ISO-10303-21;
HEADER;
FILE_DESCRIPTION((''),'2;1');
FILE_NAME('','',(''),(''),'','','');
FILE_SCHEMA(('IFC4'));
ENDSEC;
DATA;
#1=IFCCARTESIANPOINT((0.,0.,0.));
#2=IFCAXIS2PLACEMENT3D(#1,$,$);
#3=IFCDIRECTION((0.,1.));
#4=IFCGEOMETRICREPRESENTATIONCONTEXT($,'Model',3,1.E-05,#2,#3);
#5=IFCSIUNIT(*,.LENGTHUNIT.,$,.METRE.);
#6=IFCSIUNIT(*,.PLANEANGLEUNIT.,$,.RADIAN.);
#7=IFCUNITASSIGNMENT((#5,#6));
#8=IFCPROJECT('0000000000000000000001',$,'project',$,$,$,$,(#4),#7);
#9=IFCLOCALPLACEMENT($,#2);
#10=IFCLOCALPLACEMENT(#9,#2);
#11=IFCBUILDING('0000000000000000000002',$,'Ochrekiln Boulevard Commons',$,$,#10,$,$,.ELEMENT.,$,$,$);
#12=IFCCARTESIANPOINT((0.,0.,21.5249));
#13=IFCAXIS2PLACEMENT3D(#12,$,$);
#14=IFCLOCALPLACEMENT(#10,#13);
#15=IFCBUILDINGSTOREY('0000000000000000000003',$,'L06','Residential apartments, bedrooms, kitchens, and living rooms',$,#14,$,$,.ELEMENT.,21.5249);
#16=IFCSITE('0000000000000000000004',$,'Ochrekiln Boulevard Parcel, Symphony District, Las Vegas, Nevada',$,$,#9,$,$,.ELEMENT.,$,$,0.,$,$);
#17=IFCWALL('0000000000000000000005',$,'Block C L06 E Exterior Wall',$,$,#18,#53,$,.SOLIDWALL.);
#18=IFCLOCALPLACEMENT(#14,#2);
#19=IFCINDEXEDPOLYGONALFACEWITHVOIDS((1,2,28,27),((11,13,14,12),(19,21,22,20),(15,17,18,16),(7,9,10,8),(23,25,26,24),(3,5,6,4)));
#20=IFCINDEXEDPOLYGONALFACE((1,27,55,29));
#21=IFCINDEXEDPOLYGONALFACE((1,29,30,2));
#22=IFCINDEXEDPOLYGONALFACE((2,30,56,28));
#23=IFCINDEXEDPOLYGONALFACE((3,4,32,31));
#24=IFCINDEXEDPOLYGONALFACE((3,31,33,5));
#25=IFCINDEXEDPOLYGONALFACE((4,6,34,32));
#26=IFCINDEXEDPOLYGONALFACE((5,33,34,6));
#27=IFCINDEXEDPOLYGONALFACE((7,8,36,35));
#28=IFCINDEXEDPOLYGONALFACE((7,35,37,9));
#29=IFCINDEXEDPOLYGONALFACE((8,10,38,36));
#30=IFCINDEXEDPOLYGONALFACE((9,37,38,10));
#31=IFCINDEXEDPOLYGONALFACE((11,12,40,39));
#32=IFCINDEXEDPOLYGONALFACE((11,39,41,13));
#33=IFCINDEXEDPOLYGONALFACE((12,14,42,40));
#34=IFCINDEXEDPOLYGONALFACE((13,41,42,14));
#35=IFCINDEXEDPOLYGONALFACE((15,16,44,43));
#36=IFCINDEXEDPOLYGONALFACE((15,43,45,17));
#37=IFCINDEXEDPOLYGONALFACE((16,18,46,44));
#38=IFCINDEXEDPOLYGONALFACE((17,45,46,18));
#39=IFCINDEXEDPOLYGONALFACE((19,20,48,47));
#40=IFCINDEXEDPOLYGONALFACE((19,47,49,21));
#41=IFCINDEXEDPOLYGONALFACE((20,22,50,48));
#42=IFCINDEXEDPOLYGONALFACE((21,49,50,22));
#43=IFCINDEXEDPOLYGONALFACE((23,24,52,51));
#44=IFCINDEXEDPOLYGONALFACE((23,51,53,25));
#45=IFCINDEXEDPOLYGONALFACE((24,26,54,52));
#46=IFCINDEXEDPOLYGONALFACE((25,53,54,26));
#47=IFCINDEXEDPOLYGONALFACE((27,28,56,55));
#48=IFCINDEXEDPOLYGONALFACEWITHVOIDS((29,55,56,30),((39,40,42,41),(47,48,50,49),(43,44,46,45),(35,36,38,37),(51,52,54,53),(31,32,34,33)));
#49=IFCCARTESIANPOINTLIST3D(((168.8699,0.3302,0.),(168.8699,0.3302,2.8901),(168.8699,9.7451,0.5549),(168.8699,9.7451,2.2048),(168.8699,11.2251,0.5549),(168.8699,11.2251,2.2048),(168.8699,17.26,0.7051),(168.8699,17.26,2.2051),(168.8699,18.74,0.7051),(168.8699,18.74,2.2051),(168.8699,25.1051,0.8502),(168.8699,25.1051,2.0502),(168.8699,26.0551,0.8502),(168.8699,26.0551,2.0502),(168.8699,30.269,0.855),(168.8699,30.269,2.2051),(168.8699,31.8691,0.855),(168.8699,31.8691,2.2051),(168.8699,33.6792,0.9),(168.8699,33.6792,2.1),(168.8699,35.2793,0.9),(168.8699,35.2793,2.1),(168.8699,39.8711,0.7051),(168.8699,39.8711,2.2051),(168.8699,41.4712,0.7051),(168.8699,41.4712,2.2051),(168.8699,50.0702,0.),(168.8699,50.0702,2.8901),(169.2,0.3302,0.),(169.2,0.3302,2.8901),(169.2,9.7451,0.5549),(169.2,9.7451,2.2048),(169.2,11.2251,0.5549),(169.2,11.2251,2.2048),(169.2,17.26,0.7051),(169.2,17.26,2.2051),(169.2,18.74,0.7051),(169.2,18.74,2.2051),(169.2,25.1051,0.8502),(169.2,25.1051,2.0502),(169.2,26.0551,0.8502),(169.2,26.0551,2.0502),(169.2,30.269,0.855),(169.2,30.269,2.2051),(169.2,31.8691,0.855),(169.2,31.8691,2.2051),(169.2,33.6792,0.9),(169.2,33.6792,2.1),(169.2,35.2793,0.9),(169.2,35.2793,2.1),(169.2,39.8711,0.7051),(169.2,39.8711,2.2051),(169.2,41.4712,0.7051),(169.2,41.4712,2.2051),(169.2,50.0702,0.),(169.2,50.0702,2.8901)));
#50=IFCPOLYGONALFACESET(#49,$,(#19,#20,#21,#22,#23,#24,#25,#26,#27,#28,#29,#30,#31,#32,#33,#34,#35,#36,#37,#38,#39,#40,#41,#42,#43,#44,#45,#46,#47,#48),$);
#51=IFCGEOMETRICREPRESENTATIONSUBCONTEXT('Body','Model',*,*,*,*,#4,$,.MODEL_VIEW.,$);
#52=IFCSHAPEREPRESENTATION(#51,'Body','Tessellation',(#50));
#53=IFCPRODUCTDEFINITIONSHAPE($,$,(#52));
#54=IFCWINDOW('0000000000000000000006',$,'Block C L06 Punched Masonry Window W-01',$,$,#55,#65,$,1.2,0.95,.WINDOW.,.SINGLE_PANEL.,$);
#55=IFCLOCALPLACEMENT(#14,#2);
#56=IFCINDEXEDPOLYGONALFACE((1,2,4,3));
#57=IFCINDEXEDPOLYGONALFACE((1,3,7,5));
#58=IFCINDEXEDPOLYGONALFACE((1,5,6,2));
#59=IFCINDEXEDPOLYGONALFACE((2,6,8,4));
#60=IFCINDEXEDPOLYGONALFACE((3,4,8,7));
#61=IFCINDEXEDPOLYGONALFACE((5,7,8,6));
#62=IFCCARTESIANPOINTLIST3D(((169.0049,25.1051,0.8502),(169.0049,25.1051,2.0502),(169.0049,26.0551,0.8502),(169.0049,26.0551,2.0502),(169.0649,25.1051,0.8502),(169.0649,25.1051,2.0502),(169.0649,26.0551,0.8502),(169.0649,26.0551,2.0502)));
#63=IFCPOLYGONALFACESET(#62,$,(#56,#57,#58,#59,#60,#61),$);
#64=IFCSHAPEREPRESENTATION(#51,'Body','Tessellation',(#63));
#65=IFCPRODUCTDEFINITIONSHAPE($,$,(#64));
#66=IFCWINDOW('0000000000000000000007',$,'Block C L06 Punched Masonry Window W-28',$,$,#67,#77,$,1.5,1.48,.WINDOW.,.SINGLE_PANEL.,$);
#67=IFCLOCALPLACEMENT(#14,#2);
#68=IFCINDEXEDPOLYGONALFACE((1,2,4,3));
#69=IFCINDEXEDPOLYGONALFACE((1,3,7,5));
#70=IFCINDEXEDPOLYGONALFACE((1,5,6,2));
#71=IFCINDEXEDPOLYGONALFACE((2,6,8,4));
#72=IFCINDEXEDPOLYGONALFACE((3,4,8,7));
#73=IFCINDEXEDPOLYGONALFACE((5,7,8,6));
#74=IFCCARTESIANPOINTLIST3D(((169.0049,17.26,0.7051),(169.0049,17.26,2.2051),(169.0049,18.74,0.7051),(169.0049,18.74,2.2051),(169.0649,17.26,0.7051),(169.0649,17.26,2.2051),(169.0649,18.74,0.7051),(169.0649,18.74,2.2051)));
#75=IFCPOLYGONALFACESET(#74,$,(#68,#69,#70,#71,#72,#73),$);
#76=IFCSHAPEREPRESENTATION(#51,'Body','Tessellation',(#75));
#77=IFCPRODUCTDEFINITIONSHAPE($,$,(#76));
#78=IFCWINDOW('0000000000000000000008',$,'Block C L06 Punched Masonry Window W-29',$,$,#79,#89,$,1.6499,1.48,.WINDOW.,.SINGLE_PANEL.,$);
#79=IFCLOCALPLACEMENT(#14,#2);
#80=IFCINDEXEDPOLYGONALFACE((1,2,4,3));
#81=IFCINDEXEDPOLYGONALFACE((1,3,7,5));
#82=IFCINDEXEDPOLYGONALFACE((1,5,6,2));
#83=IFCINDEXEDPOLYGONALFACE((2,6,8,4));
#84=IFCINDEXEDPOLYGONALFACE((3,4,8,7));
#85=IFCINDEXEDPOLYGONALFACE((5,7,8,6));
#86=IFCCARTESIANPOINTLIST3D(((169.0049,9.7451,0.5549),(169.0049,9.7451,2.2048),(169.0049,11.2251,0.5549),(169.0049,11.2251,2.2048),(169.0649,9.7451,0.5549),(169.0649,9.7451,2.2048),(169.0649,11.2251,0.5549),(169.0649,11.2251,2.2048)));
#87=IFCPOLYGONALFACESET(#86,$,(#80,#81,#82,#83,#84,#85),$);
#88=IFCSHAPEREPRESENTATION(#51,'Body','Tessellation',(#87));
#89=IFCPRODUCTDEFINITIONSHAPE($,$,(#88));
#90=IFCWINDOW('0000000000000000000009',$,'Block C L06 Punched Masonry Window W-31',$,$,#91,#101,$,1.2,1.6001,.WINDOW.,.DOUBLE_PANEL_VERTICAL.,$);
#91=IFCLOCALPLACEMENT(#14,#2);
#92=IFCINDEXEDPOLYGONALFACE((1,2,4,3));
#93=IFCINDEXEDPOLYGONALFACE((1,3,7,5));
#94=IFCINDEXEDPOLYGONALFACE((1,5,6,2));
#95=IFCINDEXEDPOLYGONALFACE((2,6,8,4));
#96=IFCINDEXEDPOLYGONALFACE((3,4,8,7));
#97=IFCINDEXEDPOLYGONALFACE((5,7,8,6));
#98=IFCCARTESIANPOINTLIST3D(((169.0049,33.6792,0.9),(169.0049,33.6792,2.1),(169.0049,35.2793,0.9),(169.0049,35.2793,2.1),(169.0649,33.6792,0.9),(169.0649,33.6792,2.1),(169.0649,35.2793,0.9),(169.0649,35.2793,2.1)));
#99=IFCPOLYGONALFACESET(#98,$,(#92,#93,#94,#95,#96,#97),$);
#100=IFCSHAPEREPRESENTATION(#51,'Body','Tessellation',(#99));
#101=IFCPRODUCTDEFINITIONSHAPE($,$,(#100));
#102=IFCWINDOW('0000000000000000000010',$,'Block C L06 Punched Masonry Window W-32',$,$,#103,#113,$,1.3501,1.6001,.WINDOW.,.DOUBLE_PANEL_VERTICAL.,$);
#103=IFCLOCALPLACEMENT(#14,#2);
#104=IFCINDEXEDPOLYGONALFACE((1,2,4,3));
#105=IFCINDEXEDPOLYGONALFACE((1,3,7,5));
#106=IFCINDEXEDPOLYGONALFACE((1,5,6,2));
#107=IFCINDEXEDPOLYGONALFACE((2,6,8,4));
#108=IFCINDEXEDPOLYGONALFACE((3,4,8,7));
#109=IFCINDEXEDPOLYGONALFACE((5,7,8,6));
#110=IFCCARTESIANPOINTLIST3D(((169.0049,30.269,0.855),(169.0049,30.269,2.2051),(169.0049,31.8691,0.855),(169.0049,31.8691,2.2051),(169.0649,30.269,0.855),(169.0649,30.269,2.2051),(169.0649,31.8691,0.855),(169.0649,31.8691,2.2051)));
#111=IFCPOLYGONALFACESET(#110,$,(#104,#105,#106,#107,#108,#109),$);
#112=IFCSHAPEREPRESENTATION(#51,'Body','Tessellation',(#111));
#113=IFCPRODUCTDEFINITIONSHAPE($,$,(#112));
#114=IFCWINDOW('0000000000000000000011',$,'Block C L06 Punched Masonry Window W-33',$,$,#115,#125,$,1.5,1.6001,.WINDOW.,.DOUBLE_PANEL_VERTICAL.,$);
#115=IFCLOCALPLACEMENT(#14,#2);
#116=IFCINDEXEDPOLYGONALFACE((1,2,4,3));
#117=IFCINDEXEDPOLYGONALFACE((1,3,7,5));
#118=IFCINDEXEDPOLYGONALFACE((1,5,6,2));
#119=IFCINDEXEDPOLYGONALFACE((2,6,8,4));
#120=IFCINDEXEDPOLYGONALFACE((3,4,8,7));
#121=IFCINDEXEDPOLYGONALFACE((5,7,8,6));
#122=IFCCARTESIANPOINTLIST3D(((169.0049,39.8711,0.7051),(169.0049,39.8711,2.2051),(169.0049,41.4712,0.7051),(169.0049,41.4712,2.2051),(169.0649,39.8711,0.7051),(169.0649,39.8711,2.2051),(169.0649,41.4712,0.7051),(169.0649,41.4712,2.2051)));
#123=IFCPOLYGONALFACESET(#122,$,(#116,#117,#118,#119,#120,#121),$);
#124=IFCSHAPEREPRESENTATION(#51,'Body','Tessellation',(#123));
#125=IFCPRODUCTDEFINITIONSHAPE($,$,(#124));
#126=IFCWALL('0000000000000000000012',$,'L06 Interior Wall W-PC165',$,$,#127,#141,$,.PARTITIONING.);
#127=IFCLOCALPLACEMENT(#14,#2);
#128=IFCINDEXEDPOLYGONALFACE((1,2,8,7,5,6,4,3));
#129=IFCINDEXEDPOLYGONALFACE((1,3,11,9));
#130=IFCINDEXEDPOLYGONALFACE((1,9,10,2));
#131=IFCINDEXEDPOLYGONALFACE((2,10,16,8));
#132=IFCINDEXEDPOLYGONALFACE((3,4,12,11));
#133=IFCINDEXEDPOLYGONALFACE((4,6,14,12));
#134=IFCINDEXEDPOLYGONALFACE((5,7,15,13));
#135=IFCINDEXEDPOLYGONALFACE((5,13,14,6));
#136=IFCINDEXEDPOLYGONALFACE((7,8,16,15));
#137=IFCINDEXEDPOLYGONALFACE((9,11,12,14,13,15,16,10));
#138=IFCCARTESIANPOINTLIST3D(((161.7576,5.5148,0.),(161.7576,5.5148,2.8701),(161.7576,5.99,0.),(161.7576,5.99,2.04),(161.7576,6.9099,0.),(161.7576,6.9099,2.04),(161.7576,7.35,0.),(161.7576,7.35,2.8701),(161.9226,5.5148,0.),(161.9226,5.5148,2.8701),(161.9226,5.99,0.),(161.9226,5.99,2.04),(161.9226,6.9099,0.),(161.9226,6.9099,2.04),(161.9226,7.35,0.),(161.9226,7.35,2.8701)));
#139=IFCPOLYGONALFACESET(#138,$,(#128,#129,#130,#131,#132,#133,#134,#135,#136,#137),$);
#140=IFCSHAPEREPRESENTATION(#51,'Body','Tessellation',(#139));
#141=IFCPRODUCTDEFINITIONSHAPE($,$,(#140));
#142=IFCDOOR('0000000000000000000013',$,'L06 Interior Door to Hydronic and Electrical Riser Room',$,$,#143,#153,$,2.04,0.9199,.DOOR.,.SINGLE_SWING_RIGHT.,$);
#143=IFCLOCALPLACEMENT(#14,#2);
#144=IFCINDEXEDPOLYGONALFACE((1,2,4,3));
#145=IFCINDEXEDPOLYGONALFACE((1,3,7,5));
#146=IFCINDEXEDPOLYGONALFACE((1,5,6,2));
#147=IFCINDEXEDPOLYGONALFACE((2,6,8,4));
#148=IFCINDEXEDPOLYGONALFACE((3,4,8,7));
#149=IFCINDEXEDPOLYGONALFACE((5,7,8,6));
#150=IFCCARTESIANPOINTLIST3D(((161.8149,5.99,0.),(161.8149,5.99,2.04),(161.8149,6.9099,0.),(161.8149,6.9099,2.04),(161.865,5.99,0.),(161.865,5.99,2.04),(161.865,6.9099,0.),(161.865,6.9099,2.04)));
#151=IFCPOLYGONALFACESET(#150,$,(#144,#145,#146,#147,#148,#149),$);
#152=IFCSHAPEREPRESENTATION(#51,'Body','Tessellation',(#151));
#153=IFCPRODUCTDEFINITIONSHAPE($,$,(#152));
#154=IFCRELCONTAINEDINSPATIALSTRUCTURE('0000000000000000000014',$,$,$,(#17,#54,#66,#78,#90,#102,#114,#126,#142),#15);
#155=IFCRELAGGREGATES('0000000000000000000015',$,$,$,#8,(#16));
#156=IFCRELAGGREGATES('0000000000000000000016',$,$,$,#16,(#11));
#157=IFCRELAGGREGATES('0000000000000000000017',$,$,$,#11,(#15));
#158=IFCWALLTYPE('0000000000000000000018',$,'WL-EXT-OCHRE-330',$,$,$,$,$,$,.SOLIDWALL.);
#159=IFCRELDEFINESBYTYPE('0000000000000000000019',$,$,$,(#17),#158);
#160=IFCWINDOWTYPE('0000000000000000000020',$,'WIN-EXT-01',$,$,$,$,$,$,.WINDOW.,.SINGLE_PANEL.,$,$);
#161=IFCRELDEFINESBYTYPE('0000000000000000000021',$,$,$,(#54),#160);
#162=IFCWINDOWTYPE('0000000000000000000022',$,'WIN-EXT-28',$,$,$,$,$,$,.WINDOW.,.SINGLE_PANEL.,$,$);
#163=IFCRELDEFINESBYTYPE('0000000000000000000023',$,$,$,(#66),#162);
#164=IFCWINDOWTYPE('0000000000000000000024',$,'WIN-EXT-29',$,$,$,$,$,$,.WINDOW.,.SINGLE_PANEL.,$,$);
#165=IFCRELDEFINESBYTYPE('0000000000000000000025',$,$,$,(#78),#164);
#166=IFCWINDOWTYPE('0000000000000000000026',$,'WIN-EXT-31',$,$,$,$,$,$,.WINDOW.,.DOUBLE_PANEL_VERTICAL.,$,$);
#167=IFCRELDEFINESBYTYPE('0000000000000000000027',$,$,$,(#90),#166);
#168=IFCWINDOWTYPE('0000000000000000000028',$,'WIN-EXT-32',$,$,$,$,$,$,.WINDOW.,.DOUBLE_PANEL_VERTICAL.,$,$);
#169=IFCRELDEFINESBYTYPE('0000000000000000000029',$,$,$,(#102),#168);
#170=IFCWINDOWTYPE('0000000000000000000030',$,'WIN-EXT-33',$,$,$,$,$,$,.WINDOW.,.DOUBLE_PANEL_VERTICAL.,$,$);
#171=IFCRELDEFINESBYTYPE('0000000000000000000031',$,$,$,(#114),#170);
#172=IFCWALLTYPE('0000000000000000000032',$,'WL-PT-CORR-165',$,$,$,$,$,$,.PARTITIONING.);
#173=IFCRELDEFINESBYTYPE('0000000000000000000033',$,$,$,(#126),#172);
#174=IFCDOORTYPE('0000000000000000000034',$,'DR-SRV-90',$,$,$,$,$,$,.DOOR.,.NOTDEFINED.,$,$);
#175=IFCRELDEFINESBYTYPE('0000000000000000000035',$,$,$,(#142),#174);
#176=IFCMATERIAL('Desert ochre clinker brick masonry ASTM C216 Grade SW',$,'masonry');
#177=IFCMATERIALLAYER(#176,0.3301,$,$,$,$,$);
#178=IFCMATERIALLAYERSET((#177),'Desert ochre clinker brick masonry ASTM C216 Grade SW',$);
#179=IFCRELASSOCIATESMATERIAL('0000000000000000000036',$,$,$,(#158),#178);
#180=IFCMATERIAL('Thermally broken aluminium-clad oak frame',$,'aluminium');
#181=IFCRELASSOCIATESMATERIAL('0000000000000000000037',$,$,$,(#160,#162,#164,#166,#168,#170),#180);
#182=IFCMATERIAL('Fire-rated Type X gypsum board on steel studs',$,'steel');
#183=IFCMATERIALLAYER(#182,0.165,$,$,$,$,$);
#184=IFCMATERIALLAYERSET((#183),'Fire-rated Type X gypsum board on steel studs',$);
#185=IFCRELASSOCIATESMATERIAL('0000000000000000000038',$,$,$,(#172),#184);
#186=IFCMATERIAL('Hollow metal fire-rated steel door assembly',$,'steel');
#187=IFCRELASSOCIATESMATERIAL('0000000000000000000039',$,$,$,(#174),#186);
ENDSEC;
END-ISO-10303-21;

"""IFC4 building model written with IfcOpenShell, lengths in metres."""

from ifc_helpers import new_model, si_unit, direction, frame, frame_2d, origin, place, context, subcontext, project, spatial, rectangle, extrude, material, layer, layer_set, type_object, element, fill, save


model = new_model("IFC4")

# Units and contexts
model_context = context("Model", 3, precision=1e-05, world=origin(), true_north=direction((0.0, 1.0)))
body_context = subcontext(model_context, "Body", "Model", "MODEL_VIEW")
ifc_project = project(units=[si_unit("LENGTHUNIT", "METRE"), si_unit("PLANEANGLEUNIT", "RADIAN")], contexts=[model_context])

# Site, building, storey
site_placement = place(None, origin())
site = spatial("IfcSite", under=ifc_project, at=site_placement, Name="Ochrekiln Boulevard Parcel, Symphony District, Las Vegas, Nevada", CompositionType="ELEMENT", RefElevation=0.0)
building_placement = place(site_placement, origin())
building = spatial("IfcBuilding", under=site, at=building_placement, Name="Ochrekiln Boulevard Commons", CompositionType="ELEMENT")
storey_placement = place(building_placement, frame((0.0, 0.0, 21.5249)))
storey = spatial("IfcBuildingStorey", under=building, at=storey_placement, Name="L06", Description="Residential apartments, bedrooms, kitchens, and living rooms", CompositionType="ELEMENT", Elevation=21.5249)

# Wall, openings, windows
ifc_material_1 = material(Name="Desert ochre clinker brick masonry ASTM C216 Grade SW", Category="masonry")
ifc_layer_1 = layer(ifc_material_1, 0.3301)
ifc_layer_set_1 = layer_set([ifc_layer_1], Name="Desert ochre clinker brick masonry ASTM C216 Grade SW")
wall_type_1 = type_object("IfcWallType", Name="WL-EXT-OCHRE-330", PredefinedType="SOLIDWALL", material=ifc_layer_set_1)
wall_1_placement = place(storey_placement, frame((169.0349, 0.3301, 0.0), z_axis=(0.0, 0.0, 1.0), x_axis=(0.0, 1.0, 0.0)))
wall_1 = element("IfcWall", 1, at=wall_1_placement, inside=storey, type_object=wall_type_1, Name="Block C L06 E Exterior Wall", PredefinedType="SOLIDWALL", context=body_context, shape_type="SweptSolid", body=[
    extrude(rectangle(XDim=49.74, YDim=0.3301, at=frame_2d((24.8701, 0.0))), origin(), (0.0, 0.0, 1.0), 2.8901),
])
opening_1_placement = place(wall_1_placement, frame((16.9299, 0.0, 0.7051)))
opening_1 = element("IfcOpeningElement", 2, at=opening_1_placement, cuts=wall_1, PredefinedType="OPENING", context=body_context, shape_type="SweptSolid", body=[
    extrude(rectangle(XDim=1.48, YDim=1.5, at=frame_2d((0.74, 0.75))), frame((0.0, 0.175, 0.0), z_axis=(0.0, -1.0, 0.0), x_axis=(1.0, 0.0, 0.0)), (0.0, 0.0, 1.0), 0.3501),
])
opening_2_placement = place(wall_1_placement, frame((9.415, 0.0, 0.5549)))
opening_2 = element("IfcOpeningElement", 3, at=opening_2_placement, cuts=wall_1, PredefinedType="OPENING", context=body_context, shape_type="SweptSolid", body=[
    extrude(rectangle(XDim=1.48, YDim=1.6499, at=frame_2d((0.74, 0.825))), frame((0.0, 0.175, 0.0), z_axis=(0.0, -1.0, 0.0), x_axis=(1.0, 0.0, 0.0)), (0.0, 0.0, 1.0), 0.3501),
])
opening_3_placement = place(wall_1_placement, frame((24.7749, 0.0, 0.8501)))
opening_3 = element("IfcOpeningElement", 4, at=opening_3_placement, cuts=wall_1, PredefinedType="OPENING", context=body_context, shape_type="SweptSolid", body=[
    extrude(rectangle(XDim=0.95, YDim=1.2, at=frame_2d((0.4751, 0.6001))), frame((0.0, 0.175, 0.0), z_axis=(0.0, -1.0, 0.0), x_axis=(1.0, 0.0, 0.0)), (0.0, 0.0, 1.0), 0.3501),
])
opening_4_placement = place(wall_1_placement, frame((33.3491, 0.0, 0.8999)))
opening_4 = element("IfcOpeningElement", 5, at=opening_4_placement, cuts=wall_1, PredefinedType="OPENING", context=body_context, shape_type="SweptSolid", body=[
    extrude(rectangle(XDim=1.6001, YDim=1.2, at=frame_2d((0.8, 0.6001))), frame((0.0, 0.175, 0.0), z_axis=(0.0, -1.0, 0.0), x_axis=(1.0, 0.0, 0.0)), (0.0, 0.0, 1.0), 0.3501),
])
opening_5_placement = place(wall_1_placement, frame((29.939, 0.0, 0.855)))
opening_5 = element("IfcOpeningElement", 6, at=opening_5_placement, cuts=wall_1, PredefinedType="OPENING", context=body_context, shape_type="SweptSolid", body=[
    extrude(rectangle(XDim=1.6001, YDim=1.3501, at=frame_2d((0.8, 0.675))), frame((0.0, 0.175, 0.0), z_axis=(0.0, -1.0, 0.0), x_axis=(1.0, 0.0, 0.0)), (0.0, 0.0, 1.0), 0.3501),
])
opening_6_placement = place(wall_1_placement, frame((39.541, 0.0, 0.7051)))
opening_6 = element("IfcOpeningElement", 7, at=opening_6_placement, cuts=wall_1, PredefinedType="OPENING", context=body_context, shape_type="SweptSolid", body=[
    extrude(rectangle(XDim=1.6001, YDim=1.5, at=frame_2d((0.8, 0.75))), frame((0.0, 0.175, 0.0), z_axis=(0.0, -1.0, 0.0), x_axis=(1.0, 0.0, 0.0)), (0.0, 0.0, 1.0), 0.3501),
])
ifc_material_2 = material(Name="Thermally broken aluminium-clad oak frame", Category="aluminium")
window_type_1 = type_object("IfcWindowType", Name="WIN-EXT-01", PartitioningType="SINGLE_PANEL", PredefinedType="WINDOW", material=ifc_material_2)
window_1_placement = place(opening_3_placement, origin())
window_1 = element("IfcWindow", 8, at=window_1_placement, inside=storey, type_object=window_type_1, Name="Block C L06 Punched Masonry Window W-01", OverallHeight=1.2, OverallWidth=0.95, PartitioningType="SINGLE_PANEL", PredefinedType="WINDOW", context=body_context, shape_type="SweptSolid", body=[
    extrude(rectangle(XDim=0.95, YDim=1.2, at=frame_2d((0.4751, 0.6001))), frame((0.0, 0.03, 0.0), z_axis=(0.0, -1.0, 0.0), x_axis=(1.0, 0.0, 0.0)), (0.0, 0.0, 1.0), 0.0601),
])
fill(opening_3, window_1)
window_type_2 = type_object("IfcWindowType", Name="WIN-EXT-28", PartitioningType="SINGLE_PANEL", PredefinedType="WINDOW", material=ifc_material_2)
window_2_placement = place(opening_1_placement, origin())
window_2 = element("IfcWindow", 9, at=window_2_placement, inside=storey, type_object=window_type_2, Name="Block C L06 Punched Masonry Window W-28", OverallHeight=1.5, OverallWidth=1.48, PartitioningType="SINGLE_PANEL", PredefinedType="WINDOW", context=body_context, shape_type="SweptSolid", body=[
    extrude(rectangle(XDim=1.48, YDim=1.5, at=frame_2d((0.74, 0.75))), frame((0.0, 0.03, 0.0), z_axis=(0.0, -1.0, 0.0), x_axis=(1.0, 0.0, 0.0)), (0.0, 0.0, 1.0), 0.0601),
])
fill(opening_1, window_2)
window_type_3 = type_object("IfcWindowType", Name="WIN-EXT-29", PartitioningType="SINGLE_PANEL", PredefinedType="WINDOW", material=ifc_material_2)
window_3_placement = place(opening_2_placement, origin())
window_3 = element("IfcWindow", 10, at=window_3_placement, inside=storey, type_object=window_type_3, Name="Block C L06 Punched Masonry Window W-29", OverallHeight=1.6499, OverallWidth=1.48, PartitioningType="SINGLE_PANEL", PredefinedType="WINDOW", context=body_context, shape_type="SweptSolid", body=[
    extrude(rectangle(XDim=1.48, YDim=1.6499, at=frame_2d((0.74, 0.825))), frame((0.0, 0.03, 0.0), z_axis=(0.0, -1.0, 0.0), x_axis=(1.0, 0.0, 0.0)), (0.0, 0.0, 1.0), 0.0601),
])
fill(opening_2, window_3)
window_type_4 = type_object("IfcWindowType", Name="WIN-EXT-31", PartitioningType="DOUBLE_PANEL_VERTICAL", PredefinedType="WINDOW", material=ifc_material_2)
window_4_placement = place(opening_4_placement, origin())
window_4 = element("IfcWindow", 11, at=window_4_placement, inside=storey, type_object=window_type_4, Name="Block C L06 Punched Masonry Window W-31", OverallHeight=1.2, OverallWidth=1.6001, PartitioningType="DOUBLE_PANEL_VERTICAL", PredefinedType="WINDOW", context=body_context, shape_type="SweptSolid", body=[
    extrude(rectangle(XDim=1.6001, YDim=1.2, at=frame_2d((0.8, 0.6001))), frame((0.0, 0.03, 0.0), z_axis=(0.0, -1.0, 0.0), x_axis=(1.0, 0.0, 0.0)), (0.0, 0.0, 1.0), 0.0601),
])
fill(opening_4, window_4)
window_type_5 = type_object("IfcWindowType", Name="WIN-EXT-32", PartitioningType="DOUBLE_PANEL_VERTICAL", PredefinedType="WINDOW", material=ifc_material_2)
window_5_placement = place(opening_5_placement, origin())
window_5 = element("IfcWindow", 12, at=window_5_placement, inside=storey, type_object=window_type_5, Name="Block C L06 Punched Masonry Window W-32", OverallHeight=1.3501, OverallWidth=1.6001, PartitioningType="DOUBLE_PANEL_VERTICAL", PredefinedType="WINDOW", context=body_context, shape_type="SweptSolid", body=[
    extrude(rectangle(XDim=1.6001, YDim=1.3501, at=frame_2d((0.8, 0.675))), frame((0.0, 0.03, 0.0), z_axis=(0.0, -1.0, 0.0), x_axis=(1.0, 0.0, 0.0)), (0.0, 0.0, 1.0), 0.0601),
])
fill(opening_5, window_5)
window_type_6 = type_object("IfcWindowType", Name="WIN-EXT-33", PartitioningType="DOUBLE_PANEL_VERTICAL", PredefinedType="WINDOW", material=ifc_material_2)
window_6_placement = place(opening_6_placement, origin())
window_6 = element("IfcWindow", 13, at=window_6_placement, inside=storey, type_object=window_type_6, Name="Block C L06 Punched Masonry Window W-33", OverallHeight=1.5, OverallWidth=1.6001, PartitioningType="DOUBLE_PANEL_VERTICAL", PredefinedType="WINDOW", context=body_context, shape_type="SweptSolid", body=[
    extrude(rectangle(XDim=1.6001, YDim=1.5, at=frame_2d((0.8, 0.75))), frame((0.0, 0.03, 0.0), z_axis=(0.0, -1.0, 0.0), x_axis=(1.0, 0.0, 0.0)), (0.0, 0.0, 1.0), 0.0601),
])
fill(opening_6, window_6)

# Wall, opening, door
ifc_material_3 = material(Name="Fire-rated Type X gypsum board on steel studs", Category="steel")
ifc_layer_2 = layer(ifc_material_3, 0.165)
ifc_layer_set_2 = layer_set([ifc_layer_2], Name="Fire-rated Type X gypsum board on steel studs")
wall_type_2 = type_object("IfcWallType", Name="WL-PT-CORR-165", PredefinedType="PARTITIONING", material=ifc_layer_set_2)
wall_2_placement = place(storey_placement, frame((161.8401, 5.5149, 0.0), z_axis=(0.0, 0.0, 1.0), x_axis=(0.0, 1.0, 0.0)))
wall_2 = element("IfcWall", 14, at=wall_2_placement, inside=storey, type_object=wall_type_2, Name="L06 Interior Wall W-PC165", PredefinedType="PARTITIONING", context=body_context, shape_type="SweptSolid", body=[
    extrude(rectangle(XDim=1.8352, YDim=0.165, at=frame_2d((0.9175, 0.0))), origin(), (0.0, 0.0, 1.0), 2.8701),
])
opening_7_placement = place(wall_2_placement, frame((0.4751, 0.0, 0.0)))
opening_7 = element("IfcOpeningElement", 15, at=opening_7_placement, cuts=wall_2, PredefinedType="OPENING", context=body_context, shape_type="SweptSolid", body=[
    extrude(rectangle(XDim=0.9199, YDim=2.04, at=frame_2d((0.46, 1.02))), frame((0.0, 0.0925, 0.0), z_axis=(0.0, -1.0, 0.0), x_axis=(1.0, 0.0, 0.0)), (0.0, 0.0, 1.0), 0.1851),
])
ifc_material_4 = material(Name="Hollow metal fire-rated steel door assembly", Category="steel")
door_type_1 = type_object("IfcDoorType", Name="DR-SRV-90", OperationType="NOTDEFINED", PredefinedType="DOOR", material=ifc_material_4)
door_1_placement = place(opening_7_placement, frame((0.9199, 0.0, 0.0), z_axis=(0.0, 0.0, 1.0), x_axis=(-1.0, 0.0, 0.0)))
door_1 = element("IfcDoor", 16, at=door_1_placement, inside=storey, type_object=door_type_1, Name="L06 Interior Door to Hydronic and Electrical Riser Room", OperationType="SINGLE_SWING_RIGHT", OverallHeight=2.04, OverallWidth=0.9199, PredefinedType="DOOR", context=body_context, shape_type="SweptSolid", body=[
    extrude(rectangle(XDim=0.9199, YDim=2.04, at=frame_2d((0.46, 1.02))), frame((0.0, 0.0249, 0.0), z_axis=(0.0, -1.0, 0.0), x_axis=(1.0, 0.0, 0.0)), (0.0, 0.0, 1.0), 0.05),
])
fill(opening_7, door_1)

save(model, "model.ifc")
